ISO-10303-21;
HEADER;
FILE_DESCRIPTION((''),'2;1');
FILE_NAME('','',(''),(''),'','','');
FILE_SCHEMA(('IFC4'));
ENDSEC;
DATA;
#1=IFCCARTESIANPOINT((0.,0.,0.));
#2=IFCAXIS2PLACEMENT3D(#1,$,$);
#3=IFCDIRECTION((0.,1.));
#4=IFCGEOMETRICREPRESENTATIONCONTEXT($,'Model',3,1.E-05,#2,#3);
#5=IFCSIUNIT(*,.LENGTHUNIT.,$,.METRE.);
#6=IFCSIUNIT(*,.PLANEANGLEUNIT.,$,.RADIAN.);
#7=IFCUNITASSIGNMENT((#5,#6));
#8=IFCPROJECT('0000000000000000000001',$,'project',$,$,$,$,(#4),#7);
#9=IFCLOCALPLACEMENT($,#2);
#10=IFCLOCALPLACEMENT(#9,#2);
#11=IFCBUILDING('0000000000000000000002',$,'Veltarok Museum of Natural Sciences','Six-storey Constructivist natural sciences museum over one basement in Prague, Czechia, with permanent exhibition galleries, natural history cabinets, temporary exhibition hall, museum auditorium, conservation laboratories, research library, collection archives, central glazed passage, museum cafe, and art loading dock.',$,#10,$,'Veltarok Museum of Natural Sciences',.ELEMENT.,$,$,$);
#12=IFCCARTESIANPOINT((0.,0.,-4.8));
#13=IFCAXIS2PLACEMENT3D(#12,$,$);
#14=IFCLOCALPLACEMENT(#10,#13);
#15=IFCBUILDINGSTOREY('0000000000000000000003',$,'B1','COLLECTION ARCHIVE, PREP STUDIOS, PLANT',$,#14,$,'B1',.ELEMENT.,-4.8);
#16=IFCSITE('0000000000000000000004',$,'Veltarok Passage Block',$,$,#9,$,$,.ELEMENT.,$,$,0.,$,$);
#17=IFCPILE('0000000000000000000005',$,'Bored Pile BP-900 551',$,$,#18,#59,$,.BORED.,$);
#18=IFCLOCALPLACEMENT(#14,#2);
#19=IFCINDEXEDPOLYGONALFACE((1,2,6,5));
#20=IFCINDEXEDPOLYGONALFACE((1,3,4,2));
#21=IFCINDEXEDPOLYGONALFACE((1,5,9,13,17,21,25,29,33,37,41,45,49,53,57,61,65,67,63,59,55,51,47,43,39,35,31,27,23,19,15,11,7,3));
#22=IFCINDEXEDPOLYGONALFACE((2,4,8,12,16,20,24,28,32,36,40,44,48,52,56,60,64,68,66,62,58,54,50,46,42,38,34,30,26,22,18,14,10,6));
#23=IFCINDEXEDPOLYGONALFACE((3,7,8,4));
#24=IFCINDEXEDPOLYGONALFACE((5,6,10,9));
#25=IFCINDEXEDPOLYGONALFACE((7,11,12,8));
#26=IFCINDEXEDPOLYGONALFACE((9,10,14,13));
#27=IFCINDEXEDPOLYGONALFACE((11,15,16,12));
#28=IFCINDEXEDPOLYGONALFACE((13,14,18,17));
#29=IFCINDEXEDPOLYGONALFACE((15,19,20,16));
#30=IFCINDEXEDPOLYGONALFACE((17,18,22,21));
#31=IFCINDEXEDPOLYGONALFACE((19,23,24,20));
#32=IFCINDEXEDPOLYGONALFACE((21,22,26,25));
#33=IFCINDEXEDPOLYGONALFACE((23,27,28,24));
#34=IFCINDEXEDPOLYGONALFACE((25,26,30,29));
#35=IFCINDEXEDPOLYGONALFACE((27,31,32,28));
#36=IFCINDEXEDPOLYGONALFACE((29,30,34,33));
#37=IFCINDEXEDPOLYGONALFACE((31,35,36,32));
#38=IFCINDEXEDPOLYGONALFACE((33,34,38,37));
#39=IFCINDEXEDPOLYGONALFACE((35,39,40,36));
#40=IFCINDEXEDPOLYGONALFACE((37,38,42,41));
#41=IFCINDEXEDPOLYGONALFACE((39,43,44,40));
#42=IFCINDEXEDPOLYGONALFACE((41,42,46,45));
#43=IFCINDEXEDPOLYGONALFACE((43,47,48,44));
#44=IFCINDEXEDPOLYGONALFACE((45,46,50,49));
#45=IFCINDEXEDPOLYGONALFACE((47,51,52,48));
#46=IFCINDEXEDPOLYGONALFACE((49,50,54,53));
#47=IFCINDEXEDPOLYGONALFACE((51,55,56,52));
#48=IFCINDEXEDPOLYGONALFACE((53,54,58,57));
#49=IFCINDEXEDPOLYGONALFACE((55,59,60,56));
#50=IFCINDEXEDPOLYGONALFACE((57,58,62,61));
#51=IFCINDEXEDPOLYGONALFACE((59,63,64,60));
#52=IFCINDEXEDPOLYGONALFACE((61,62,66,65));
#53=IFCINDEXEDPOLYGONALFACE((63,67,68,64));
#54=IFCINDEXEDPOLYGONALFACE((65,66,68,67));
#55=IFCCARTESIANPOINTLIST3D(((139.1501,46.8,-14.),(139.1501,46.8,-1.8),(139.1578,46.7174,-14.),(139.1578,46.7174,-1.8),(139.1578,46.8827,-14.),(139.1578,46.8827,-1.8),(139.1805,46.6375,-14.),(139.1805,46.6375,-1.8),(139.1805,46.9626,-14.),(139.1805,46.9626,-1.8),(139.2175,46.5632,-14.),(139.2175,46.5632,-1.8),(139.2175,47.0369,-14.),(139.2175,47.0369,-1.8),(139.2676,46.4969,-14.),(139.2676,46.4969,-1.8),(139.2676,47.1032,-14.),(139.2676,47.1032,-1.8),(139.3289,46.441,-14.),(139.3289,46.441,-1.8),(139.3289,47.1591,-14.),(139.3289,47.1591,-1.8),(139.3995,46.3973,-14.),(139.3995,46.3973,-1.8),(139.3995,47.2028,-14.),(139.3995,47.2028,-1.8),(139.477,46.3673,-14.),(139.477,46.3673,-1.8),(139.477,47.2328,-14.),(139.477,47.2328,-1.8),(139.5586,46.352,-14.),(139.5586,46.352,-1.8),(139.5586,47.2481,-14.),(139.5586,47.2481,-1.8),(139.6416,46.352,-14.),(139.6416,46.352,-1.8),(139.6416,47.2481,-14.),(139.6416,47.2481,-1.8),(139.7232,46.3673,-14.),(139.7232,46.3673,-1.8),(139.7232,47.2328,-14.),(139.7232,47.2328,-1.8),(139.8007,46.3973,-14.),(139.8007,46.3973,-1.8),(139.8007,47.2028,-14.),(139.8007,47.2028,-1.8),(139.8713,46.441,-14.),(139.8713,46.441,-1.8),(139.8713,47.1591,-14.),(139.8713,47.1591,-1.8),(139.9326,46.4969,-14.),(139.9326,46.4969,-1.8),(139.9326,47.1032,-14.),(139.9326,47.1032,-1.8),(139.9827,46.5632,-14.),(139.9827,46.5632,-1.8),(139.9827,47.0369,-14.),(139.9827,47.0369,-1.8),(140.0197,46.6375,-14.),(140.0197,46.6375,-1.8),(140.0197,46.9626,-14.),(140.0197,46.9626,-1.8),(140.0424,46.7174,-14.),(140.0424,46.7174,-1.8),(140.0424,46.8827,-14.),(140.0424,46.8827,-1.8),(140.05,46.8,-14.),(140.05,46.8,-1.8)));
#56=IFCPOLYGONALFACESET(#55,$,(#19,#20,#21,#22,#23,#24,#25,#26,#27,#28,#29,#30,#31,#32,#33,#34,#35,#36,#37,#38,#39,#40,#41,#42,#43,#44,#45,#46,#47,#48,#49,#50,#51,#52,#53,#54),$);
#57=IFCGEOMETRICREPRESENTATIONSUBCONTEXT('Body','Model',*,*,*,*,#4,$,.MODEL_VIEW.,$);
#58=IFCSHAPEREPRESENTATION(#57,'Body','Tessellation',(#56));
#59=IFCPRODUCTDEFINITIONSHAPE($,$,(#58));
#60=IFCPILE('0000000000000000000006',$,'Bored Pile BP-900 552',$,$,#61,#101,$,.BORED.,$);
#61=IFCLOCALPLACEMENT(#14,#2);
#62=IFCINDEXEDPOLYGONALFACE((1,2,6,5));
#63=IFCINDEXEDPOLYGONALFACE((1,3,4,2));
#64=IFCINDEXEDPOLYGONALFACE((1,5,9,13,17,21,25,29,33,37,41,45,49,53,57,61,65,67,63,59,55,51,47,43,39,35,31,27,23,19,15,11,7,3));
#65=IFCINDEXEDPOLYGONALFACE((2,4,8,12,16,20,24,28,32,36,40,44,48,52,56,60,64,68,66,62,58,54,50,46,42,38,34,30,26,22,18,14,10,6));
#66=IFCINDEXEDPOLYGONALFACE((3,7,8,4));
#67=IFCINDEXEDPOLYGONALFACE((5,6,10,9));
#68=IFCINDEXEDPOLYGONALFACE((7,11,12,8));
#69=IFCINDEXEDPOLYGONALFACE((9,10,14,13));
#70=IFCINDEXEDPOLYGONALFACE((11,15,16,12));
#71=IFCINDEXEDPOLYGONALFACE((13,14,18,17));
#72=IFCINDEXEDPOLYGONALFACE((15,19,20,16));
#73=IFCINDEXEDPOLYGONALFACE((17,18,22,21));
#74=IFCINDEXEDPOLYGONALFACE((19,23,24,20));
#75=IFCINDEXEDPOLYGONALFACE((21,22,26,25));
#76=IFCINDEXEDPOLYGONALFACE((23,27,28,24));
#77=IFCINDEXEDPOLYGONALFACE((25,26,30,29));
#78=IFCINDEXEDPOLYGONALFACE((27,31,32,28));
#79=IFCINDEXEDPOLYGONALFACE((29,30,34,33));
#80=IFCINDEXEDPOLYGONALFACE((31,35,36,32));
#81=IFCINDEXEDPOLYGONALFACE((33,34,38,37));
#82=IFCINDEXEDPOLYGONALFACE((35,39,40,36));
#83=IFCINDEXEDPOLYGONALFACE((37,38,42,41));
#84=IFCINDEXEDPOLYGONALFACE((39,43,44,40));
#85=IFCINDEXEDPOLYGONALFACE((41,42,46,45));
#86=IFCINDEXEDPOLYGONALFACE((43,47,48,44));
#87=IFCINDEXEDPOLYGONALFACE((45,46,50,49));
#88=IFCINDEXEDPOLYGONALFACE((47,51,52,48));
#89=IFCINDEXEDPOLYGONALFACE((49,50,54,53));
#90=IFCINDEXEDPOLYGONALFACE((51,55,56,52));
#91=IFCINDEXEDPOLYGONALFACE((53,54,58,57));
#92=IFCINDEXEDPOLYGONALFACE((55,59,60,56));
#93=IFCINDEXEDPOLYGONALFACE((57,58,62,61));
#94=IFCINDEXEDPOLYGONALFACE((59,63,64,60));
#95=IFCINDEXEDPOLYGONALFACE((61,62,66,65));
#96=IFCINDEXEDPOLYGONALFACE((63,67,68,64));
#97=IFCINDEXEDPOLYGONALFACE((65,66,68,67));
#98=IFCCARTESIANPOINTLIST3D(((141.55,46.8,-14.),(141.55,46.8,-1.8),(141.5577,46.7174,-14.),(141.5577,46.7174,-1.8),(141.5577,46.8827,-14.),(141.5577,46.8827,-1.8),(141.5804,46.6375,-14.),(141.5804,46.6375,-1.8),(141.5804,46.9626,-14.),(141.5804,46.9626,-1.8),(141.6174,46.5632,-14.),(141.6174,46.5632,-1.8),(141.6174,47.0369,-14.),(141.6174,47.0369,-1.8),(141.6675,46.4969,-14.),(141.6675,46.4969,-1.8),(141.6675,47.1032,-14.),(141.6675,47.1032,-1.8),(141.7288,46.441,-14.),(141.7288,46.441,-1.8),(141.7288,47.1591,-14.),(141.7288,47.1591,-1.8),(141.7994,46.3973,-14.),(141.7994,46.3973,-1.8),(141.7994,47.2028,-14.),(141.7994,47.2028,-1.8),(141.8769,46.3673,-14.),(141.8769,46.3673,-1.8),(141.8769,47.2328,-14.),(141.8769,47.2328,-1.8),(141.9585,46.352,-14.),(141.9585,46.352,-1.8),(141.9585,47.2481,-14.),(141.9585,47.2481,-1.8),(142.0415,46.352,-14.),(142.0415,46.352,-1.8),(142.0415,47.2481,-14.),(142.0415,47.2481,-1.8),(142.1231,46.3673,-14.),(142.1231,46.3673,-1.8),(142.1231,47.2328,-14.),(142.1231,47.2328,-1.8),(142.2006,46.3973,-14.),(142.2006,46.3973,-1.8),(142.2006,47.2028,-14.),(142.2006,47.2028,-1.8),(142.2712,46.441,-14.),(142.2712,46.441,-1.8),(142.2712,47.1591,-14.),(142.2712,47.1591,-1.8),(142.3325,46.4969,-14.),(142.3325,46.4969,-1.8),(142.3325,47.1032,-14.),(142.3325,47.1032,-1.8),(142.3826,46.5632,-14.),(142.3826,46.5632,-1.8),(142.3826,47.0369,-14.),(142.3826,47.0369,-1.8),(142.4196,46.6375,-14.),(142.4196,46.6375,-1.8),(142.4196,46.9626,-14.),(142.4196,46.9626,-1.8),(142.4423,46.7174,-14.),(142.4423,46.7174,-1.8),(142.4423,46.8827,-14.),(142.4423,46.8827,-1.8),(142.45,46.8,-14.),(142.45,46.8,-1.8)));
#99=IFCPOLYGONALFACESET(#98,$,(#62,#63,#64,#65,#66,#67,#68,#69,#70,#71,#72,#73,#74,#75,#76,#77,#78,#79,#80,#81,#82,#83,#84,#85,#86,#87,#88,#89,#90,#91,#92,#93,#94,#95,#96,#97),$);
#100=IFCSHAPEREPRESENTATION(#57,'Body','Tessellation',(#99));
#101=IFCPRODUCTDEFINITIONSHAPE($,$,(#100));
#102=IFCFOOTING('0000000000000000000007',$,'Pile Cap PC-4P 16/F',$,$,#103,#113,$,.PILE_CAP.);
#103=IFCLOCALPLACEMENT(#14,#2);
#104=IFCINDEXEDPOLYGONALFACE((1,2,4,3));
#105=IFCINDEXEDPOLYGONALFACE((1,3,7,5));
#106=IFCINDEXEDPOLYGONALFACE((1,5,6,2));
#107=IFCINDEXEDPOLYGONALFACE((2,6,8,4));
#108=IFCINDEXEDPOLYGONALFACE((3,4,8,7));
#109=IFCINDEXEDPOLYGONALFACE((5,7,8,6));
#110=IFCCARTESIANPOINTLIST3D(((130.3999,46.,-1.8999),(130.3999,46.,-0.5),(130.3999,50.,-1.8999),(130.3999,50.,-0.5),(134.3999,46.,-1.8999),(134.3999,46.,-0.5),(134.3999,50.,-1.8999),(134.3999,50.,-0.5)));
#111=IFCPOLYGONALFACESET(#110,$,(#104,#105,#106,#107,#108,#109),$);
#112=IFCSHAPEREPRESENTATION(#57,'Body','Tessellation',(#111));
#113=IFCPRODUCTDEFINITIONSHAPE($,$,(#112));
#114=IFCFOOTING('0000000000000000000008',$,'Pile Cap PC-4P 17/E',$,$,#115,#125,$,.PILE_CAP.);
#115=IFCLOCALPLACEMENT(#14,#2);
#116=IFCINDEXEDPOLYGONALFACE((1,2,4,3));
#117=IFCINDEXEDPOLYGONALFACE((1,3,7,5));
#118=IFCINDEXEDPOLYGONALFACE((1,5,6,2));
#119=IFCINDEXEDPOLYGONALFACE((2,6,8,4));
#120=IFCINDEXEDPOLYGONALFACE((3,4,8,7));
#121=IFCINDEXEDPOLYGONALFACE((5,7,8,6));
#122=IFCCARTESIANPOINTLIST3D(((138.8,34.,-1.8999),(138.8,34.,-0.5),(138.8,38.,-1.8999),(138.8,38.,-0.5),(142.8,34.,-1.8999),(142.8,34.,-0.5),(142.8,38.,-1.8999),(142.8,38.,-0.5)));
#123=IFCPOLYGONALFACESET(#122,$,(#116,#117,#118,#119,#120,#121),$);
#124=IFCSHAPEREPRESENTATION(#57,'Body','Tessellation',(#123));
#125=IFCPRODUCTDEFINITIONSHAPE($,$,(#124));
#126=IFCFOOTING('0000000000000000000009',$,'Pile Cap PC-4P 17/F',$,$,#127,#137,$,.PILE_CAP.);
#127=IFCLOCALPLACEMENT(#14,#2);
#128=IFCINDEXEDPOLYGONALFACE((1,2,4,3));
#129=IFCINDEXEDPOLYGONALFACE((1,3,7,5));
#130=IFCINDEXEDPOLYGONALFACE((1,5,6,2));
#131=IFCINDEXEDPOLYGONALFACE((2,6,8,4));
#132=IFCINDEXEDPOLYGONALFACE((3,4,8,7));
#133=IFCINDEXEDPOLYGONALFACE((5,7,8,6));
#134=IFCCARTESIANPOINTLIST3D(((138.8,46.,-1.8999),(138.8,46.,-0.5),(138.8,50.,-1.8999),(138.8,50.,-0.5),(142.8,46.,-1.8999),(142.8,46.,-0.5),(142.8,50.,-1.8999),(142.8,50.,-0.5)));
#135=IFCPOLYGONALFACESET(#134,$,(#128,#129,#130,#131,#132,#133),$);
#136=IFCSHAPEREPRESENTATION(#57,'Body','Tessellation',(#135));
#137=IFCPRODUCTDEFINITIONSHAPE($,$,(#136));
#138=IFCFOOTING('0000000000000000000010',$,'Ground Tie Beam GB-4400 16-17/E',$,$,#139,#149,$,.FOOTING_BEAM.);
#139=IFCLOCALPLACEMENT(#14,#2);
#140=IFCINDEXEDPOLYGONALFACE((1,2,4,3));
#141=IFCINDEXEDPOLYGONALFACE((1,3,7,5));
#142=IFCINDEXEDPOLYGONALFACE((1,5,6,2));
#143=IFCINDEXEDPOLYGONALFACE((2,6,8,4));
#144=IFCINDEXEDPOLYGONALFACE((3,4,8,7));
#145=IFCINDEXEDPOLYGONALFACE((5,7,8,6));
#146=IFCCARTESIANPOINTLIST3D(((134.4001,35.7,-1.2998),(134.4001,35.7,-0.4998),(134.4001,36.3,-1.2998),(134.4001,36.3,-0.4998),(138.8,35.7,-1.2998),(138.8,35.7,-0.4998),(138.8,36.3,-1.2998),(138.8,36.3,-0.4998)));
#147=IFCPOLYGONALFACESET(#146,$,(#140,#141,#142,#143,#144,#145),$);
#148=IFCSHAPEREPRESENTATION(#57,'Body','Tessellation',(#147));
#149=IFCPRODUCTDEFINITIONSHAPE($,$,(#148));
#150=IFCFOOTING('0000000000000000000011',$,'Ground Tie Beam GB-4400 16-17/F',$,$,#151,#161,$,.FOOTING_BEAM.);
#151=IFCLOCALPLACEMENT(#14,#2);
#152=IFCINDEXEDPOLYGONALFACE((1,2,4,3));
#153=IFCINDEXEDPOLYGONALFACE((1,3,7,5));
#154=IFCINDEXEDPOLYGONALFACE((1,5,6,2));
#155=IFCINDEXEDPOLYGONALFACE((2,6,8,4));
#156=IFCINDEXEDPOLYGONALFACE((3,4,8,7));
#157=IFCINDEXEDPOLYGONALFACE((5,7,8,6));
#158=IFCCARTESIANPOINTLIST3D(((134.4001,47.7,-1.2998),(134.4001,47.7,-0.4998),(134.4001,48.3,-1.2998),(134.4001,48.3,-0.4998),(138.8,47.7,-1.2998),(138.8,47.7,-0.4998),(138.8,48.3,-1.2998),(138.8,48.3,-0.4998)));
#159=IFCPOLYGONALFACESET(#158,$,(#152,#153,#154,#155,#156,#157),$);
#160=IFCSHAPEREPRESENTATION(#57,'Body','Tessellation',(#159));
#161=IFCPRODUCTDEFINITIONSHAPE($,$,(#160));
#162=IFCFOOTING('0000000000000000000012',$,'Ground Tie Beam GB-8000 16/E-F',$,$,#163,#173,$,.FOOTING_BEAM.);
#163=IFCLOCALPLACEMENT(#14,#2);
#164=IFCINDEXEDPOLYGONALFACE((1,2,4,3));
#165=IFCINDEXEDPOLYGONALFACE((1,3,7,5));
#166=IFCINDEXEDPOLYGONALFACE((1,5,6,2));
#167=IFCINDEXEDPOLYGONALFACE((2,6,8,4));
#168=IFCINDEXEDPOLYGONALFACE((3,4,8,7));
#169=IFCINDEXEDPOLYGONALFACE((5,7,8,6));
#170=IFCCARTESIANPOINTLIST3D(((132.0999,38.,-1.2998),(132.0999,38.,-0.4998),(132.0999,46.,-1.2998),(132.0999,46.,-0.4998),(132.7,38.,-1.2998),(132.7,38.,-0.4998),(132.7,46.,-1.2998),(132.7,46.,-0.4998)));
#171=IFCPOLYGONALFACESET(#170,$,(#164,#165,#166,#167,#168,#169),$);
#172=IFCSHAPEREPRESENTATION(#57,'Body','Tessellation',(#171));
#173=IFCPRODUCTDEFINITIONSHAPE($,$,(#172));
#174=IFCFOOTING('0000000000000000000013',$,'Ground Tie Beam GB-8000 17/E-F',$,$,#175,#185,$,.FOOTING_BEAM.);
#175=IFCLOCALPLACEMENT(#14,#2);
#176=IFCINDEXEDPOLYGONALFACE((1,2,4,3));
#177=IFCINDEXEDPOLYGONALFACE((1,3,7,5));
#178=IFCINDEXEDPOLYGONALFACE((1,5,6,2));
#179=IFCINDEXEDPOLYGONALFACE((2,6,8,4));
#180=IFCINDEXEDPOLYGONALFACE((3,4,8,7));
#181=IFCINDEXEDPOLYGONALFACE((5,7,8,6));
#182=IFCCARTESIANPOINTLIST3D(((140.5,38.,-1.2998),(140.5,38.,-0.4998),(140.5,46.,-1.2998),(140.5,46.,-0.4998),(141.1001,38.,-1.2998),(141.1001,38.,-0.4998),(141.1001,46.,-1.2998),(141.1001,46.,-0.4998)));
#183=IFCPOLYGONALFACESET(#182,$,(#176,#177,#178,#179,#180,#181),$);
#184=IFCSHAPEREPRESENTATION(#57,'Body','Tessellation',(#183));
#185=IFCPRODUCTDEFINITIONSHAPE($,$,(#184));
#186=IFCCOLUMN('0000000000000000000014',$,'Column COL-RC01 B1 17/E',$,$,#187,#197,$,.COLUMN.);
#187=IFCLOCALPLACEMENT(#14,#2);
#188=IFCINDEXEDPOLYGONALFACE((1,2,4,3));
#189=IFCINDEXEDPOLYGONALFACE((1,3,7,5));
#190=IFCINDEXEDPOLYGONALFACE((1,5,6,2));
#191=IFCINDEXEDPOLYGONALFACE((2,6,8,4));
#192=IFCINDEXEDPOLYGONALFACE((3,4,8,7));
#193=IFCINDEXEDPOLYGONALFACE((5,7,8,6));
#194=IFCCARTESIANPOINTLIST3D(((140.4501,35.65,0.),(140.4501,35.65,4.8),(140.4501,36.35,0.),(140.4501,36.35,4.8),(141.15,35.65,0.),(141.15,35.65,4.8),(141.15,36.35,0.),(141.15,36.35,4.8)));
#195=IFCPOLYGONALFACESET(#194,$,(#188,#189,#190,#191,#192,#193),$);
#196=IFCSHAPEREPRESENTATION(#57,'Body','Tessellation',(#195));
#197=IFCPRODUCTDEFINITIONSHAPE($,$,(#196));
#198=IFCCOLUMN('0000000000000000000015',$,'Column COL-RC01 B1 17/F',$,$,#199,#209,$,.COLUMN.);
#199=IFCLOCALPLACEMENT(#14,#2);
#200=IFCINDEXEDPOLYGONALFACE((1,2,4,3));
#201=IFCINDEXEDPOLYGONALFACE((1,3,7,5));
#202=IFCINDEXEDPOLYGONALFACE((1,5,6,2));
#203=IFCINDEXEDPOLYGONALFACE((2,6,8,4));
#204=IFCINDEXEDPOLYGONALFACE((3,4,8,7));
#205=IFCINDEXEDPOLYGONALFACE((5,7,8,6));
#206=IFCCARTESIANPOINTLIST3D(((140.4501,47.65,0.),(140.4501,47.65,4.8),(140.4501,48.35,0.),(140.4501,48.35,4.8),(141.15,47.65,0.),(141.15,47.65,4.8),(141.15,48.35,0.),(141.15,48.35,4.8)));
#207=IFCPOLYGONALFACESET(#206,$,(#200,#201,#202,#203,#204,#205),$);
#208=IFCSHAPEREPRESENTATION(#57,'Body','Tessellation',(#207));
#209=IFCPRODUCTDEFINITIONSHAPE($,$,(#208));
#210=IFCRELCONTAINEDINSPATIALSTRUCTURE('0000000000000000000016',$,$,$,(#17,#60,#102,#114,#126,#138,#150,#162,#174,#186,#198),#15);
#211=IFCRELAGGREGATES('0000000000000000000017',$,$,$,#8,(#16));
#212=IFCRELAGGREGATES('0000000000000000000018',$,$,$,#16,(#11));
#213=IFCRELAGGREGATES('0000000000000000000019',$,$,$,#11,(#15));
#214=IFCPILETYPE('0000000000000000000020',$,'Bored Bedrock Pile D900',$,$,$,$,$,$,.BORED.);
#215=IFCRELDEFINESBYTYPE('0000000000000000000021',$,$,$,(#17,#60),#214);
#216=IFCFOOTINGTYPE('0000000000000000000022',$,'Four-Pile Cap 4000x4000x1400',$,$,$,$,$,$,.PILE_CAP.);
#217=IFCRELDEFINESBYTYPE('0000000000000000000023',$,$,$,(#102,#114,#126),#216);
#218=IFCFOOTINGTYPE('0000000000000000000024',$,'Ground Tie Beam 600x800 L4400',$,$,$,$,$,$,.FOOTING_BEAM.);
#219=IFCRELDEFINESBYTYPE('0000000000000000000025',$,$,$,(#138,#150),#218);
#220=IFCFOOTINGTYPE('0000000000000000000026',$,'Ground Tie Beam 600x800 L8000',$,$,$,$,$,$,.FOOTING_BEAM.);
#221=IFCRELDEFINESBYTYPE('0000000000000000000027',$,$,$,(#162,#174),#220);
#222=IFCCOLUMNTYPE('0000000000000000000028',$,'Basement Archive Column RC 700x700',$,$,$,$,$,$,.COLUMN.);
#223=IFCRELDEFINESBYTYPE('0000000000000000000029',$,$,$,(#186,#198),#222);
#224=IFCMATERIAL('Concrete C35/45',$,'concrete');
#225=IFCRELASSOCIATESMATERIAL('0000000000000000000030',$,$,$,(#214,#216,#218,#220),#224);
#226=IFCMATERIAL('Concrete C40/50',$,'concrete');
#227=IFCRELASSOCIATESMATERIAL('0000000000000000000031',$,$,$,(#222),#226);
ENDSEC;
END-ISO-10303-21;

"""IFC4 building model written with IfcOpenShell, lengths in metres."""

from ifc_helpers import new_model, si_unit, direction, frame, origin, origin_2d, place, context, subcontext, project, spatial, rectangle, circle, extrude, material, material_profile, profile_set, type_object, element, save


model = new_model("IFC4")

# Units and contexts
model_context = context("Model", 3, precision=1e-05, world=origin(), true_north=direction((0.0, 1.0)))
body_context = subcontext(model_context, "Body", "Model", "MODEL_VIEW")
ifc_project = project(units=[si_unit("LENGTHUNIT", "METRE"), si_unit("PLANEANGLEUNIT", "RADIAN")], contexts=[model_context])

# Site, building, storey
site_placement = place(None, origin())
site = spatial("IfcSite", under=ifc_project, at=site_placement, Name="Veltarok Passage Block", CompositionType="ELEMENT", RefElevation=0.0)
building_placement = place(site_placement, origin())
building = spatial("IfcBuilding", under=site, at=building_placement, Name="Veltarok Museum of Natural Sciences", Description="Six-storey Constructivist natural sciences museum over one basement in Prague, Czechia, with permanent exhibition galleries, natural history cabinets, temporary exhibition hall, museum auditorium, conservation laboratories, research library, collection archives, central glazed passage, museum cafe, and art loading dock.", LongName="Veltarok Museum of Natural Sciences", CompositionType="ELEMENT")
storey_placement = place(building_placement, frame((0.0, 0.0, -4.8)))
storey = spatial("IfcBuildingStorey", under=building, at=storey_placement, Name="B1", Description="COLLECTION ARCHIVE, PREP STUDIOS, PLANT", LongName="B1", CompositionType="ELEMENT", Elevation=-4.8)

# Piles
ifc_material_1 = material(Name="Concrete C35/45", Category="concrete")
ifc_material_profile_1 = material_profile(ifc_material_1, circle(Radius=0.45, at=origin_2d()), Name="BP D900")
ifc_profile_set_1 = profile_set([ifc_material_profile_1], Name="Concrete C35/45")
pile_type = type_object("IfcPileType", Name="Bored Bedrock Pile D900", PredefinedType="BORED", material=ifc_profile_set_1)
for number, where, z_axis, x_axis, name in (
    (1, (139.6001, 46.8, -1.8), (0.0, 0.0, -1.0), (1.0, 0.0, 0.0), "Bored Pile BP-900 551"),
    (2, (142.0, 46.8, -1.8), (0.0, 0.0, -1.0), (1.0, 0.0, 0.0), "Bored Pile BP-900 552"),
):
    element("IfcPile", number, at=place(storey_placement, frame(where, z_axis=z_axis, x_axis=x_axis)), inside=storey, type_object=pile_type, Name=name, PredefinedType="BORED", context=body_context, shape_type="SweptSolid", body=[
        extrude(circle(Radius=0.45, at=origin_2d()), origin(), (0.0, 0.0, 1.0), 12.2),
    ])

# Footings
footing_type_1 = type_object("IfcFootingType", Name="Four-Pile Cap 4000x4000x1400", PredefinedType="PILE_CAP", material=ifc_material_1)
for number, where, z_axis, x_axis, name in (
    (3, (132.3999, 48.0, -1.8999), (0.0, 0.0, 1.0), (1.0, 0.0, 0.0), "Pile Cap PC-4P 16/F"),
    (4, (140.8, 36.0, -1.8999), (0.0, 0.0, 1.0), (1.0, 0.0, 0.0), "Pile Cap PC-4P 17/E"),
    (5, (140.8, 48.0, -1.8999), (0.0, 0.0, 1.0), (1.0, 0.0, 0.0), "Pile Cap PC-4P 17/F"),
):
    element("IfcFooting", number, at=place(storey_placement, frame(where, z_axis=z_axis, x_axis=x_axis)), inside=storey, type_object=footing_type_1, Name=name, PredefinedType="PILE_CAP", context=body_context, shape_type="SweptSolid", body=[
        extrude(rectangle(XDim=4.0, YDim=4.0, at=origin_2d()), origin(), (0.0, 0.0, 1.0), 1.3999),
    ])
footing_type_2 = type_object("IfcFootingType", Name="Ground Tie Beam 600x800 L4400", PredefinedType="FOOTING_BEAM", material=ifc_material_1)
for number, where, z_axis, x_axis, name in (
    (6, (136.6001, 36.0, -1.2998), (0.0, 0.0, 1.0), (1.0, 0.0, 0.0), "Ground Tie Beam GB-4400 16-17/E"),
    (7, (136.6001, 48.0, -1.2998), (0.0, 0.0, 1.0), (1.0, 0.0, 0.0), "Ground Tie Beam GB-4400 16-17/F"),
):
    element("IfcFooting", number, at=place(storey_placement, frame(where, z_axis=z_axis, x_axis=x_axis)), inside=storey, type_object=footing_type_2, Name=name, PredefinedType="FOOTING_BEAM", context=body_context, shape_type="SweptSolid", body=[
        extrude(rectangle(XDim=4.3999, YDim=0.6001, at=origin_2d()), origin(), (0.0, 0.0, 1.0), 0.8),
    ])
footing_type_3 = type_object("IfcFootingType", Name="Ground Tie Beam 600x800 L8000", PredefinedType="FOOTING_BEAM", material=ifc_material_1)
for number, where, z_axis, x_axis, name in (
    (8, (132.3999, 42.0, -1.2998), (0.0, 0.0, 1.0), (0.0, 1.0, 0.0), "Ground Tie Beam GB-8000 16/E-F"),
    (9, (140.8, 42.0, -1.2998), (0.0, 0.0, 1.0), (0.0, 1.0, 0.0), "Ground Tie Beam GB-8000 17/E-F"),
):
    element("IfcFooting", number, at=place(storey_placement, frame(where, z_axis=z_axis, x_axis=x_axis)), inside=storey, type_object=footing_type_3, Name=name, PredefinedType="FOOTING_BEAM", context=body_context, shape_type="SweptSolid", body=[
        extrude(rectangle(XDim=8.0, YDim=0.6001, at=origin_2d()), origin(), (0.0, 0.0, 1.0), 0.8),
    ])

# Columns
ifc_material_2 = material(Name="Concrete C40/50", Category="concrete")
ifc_material_profile_2 = material_profile(ifc_material_2, rectangle(XDim=0.7, YDim=0.7, at=origin_2d()), Name="RC 700x700")
ifc_profile_set_2 = profile_set([ifc_material_profile_2], Name="Concrete C40/50")
column_type_1 = type_object("IfcColumnType", Name="Basement Archive Column RC 700x700", PredefinedType="COLUMN", material=ifc_profile_set_2)
for number, where, z_axis, x_axis, name in (
    (10, (140.8, 36.0, 0.0), (0.0, 0.0, 1.0), (1.0, 0.0, 0.0), "Column COL-RC01 B1 17/E"),
    (11, (140.8, 48.0, 0.0), (0.0, 0.0, 1.0), (1.0, 0.0, 0.0), "Column COL-RC01 B1 17/F"),
):
    element("IfcColumn", number, at=place(storey_placement, frame(where, z_axis=z_axis, x_axis=x_axis)), inside=storey, type_object=column_type_1, Name=name, PredefinedType="COLUMN", context=body_context, shape_type="SweptSolid", body=[
        extrude(rectangle(XDim=0.7, YDim=0.7, at=origin_2d()), origin(), (0.0, 0.0, 1.0), 4.8),
    ])

save(model, "model.ifc")
